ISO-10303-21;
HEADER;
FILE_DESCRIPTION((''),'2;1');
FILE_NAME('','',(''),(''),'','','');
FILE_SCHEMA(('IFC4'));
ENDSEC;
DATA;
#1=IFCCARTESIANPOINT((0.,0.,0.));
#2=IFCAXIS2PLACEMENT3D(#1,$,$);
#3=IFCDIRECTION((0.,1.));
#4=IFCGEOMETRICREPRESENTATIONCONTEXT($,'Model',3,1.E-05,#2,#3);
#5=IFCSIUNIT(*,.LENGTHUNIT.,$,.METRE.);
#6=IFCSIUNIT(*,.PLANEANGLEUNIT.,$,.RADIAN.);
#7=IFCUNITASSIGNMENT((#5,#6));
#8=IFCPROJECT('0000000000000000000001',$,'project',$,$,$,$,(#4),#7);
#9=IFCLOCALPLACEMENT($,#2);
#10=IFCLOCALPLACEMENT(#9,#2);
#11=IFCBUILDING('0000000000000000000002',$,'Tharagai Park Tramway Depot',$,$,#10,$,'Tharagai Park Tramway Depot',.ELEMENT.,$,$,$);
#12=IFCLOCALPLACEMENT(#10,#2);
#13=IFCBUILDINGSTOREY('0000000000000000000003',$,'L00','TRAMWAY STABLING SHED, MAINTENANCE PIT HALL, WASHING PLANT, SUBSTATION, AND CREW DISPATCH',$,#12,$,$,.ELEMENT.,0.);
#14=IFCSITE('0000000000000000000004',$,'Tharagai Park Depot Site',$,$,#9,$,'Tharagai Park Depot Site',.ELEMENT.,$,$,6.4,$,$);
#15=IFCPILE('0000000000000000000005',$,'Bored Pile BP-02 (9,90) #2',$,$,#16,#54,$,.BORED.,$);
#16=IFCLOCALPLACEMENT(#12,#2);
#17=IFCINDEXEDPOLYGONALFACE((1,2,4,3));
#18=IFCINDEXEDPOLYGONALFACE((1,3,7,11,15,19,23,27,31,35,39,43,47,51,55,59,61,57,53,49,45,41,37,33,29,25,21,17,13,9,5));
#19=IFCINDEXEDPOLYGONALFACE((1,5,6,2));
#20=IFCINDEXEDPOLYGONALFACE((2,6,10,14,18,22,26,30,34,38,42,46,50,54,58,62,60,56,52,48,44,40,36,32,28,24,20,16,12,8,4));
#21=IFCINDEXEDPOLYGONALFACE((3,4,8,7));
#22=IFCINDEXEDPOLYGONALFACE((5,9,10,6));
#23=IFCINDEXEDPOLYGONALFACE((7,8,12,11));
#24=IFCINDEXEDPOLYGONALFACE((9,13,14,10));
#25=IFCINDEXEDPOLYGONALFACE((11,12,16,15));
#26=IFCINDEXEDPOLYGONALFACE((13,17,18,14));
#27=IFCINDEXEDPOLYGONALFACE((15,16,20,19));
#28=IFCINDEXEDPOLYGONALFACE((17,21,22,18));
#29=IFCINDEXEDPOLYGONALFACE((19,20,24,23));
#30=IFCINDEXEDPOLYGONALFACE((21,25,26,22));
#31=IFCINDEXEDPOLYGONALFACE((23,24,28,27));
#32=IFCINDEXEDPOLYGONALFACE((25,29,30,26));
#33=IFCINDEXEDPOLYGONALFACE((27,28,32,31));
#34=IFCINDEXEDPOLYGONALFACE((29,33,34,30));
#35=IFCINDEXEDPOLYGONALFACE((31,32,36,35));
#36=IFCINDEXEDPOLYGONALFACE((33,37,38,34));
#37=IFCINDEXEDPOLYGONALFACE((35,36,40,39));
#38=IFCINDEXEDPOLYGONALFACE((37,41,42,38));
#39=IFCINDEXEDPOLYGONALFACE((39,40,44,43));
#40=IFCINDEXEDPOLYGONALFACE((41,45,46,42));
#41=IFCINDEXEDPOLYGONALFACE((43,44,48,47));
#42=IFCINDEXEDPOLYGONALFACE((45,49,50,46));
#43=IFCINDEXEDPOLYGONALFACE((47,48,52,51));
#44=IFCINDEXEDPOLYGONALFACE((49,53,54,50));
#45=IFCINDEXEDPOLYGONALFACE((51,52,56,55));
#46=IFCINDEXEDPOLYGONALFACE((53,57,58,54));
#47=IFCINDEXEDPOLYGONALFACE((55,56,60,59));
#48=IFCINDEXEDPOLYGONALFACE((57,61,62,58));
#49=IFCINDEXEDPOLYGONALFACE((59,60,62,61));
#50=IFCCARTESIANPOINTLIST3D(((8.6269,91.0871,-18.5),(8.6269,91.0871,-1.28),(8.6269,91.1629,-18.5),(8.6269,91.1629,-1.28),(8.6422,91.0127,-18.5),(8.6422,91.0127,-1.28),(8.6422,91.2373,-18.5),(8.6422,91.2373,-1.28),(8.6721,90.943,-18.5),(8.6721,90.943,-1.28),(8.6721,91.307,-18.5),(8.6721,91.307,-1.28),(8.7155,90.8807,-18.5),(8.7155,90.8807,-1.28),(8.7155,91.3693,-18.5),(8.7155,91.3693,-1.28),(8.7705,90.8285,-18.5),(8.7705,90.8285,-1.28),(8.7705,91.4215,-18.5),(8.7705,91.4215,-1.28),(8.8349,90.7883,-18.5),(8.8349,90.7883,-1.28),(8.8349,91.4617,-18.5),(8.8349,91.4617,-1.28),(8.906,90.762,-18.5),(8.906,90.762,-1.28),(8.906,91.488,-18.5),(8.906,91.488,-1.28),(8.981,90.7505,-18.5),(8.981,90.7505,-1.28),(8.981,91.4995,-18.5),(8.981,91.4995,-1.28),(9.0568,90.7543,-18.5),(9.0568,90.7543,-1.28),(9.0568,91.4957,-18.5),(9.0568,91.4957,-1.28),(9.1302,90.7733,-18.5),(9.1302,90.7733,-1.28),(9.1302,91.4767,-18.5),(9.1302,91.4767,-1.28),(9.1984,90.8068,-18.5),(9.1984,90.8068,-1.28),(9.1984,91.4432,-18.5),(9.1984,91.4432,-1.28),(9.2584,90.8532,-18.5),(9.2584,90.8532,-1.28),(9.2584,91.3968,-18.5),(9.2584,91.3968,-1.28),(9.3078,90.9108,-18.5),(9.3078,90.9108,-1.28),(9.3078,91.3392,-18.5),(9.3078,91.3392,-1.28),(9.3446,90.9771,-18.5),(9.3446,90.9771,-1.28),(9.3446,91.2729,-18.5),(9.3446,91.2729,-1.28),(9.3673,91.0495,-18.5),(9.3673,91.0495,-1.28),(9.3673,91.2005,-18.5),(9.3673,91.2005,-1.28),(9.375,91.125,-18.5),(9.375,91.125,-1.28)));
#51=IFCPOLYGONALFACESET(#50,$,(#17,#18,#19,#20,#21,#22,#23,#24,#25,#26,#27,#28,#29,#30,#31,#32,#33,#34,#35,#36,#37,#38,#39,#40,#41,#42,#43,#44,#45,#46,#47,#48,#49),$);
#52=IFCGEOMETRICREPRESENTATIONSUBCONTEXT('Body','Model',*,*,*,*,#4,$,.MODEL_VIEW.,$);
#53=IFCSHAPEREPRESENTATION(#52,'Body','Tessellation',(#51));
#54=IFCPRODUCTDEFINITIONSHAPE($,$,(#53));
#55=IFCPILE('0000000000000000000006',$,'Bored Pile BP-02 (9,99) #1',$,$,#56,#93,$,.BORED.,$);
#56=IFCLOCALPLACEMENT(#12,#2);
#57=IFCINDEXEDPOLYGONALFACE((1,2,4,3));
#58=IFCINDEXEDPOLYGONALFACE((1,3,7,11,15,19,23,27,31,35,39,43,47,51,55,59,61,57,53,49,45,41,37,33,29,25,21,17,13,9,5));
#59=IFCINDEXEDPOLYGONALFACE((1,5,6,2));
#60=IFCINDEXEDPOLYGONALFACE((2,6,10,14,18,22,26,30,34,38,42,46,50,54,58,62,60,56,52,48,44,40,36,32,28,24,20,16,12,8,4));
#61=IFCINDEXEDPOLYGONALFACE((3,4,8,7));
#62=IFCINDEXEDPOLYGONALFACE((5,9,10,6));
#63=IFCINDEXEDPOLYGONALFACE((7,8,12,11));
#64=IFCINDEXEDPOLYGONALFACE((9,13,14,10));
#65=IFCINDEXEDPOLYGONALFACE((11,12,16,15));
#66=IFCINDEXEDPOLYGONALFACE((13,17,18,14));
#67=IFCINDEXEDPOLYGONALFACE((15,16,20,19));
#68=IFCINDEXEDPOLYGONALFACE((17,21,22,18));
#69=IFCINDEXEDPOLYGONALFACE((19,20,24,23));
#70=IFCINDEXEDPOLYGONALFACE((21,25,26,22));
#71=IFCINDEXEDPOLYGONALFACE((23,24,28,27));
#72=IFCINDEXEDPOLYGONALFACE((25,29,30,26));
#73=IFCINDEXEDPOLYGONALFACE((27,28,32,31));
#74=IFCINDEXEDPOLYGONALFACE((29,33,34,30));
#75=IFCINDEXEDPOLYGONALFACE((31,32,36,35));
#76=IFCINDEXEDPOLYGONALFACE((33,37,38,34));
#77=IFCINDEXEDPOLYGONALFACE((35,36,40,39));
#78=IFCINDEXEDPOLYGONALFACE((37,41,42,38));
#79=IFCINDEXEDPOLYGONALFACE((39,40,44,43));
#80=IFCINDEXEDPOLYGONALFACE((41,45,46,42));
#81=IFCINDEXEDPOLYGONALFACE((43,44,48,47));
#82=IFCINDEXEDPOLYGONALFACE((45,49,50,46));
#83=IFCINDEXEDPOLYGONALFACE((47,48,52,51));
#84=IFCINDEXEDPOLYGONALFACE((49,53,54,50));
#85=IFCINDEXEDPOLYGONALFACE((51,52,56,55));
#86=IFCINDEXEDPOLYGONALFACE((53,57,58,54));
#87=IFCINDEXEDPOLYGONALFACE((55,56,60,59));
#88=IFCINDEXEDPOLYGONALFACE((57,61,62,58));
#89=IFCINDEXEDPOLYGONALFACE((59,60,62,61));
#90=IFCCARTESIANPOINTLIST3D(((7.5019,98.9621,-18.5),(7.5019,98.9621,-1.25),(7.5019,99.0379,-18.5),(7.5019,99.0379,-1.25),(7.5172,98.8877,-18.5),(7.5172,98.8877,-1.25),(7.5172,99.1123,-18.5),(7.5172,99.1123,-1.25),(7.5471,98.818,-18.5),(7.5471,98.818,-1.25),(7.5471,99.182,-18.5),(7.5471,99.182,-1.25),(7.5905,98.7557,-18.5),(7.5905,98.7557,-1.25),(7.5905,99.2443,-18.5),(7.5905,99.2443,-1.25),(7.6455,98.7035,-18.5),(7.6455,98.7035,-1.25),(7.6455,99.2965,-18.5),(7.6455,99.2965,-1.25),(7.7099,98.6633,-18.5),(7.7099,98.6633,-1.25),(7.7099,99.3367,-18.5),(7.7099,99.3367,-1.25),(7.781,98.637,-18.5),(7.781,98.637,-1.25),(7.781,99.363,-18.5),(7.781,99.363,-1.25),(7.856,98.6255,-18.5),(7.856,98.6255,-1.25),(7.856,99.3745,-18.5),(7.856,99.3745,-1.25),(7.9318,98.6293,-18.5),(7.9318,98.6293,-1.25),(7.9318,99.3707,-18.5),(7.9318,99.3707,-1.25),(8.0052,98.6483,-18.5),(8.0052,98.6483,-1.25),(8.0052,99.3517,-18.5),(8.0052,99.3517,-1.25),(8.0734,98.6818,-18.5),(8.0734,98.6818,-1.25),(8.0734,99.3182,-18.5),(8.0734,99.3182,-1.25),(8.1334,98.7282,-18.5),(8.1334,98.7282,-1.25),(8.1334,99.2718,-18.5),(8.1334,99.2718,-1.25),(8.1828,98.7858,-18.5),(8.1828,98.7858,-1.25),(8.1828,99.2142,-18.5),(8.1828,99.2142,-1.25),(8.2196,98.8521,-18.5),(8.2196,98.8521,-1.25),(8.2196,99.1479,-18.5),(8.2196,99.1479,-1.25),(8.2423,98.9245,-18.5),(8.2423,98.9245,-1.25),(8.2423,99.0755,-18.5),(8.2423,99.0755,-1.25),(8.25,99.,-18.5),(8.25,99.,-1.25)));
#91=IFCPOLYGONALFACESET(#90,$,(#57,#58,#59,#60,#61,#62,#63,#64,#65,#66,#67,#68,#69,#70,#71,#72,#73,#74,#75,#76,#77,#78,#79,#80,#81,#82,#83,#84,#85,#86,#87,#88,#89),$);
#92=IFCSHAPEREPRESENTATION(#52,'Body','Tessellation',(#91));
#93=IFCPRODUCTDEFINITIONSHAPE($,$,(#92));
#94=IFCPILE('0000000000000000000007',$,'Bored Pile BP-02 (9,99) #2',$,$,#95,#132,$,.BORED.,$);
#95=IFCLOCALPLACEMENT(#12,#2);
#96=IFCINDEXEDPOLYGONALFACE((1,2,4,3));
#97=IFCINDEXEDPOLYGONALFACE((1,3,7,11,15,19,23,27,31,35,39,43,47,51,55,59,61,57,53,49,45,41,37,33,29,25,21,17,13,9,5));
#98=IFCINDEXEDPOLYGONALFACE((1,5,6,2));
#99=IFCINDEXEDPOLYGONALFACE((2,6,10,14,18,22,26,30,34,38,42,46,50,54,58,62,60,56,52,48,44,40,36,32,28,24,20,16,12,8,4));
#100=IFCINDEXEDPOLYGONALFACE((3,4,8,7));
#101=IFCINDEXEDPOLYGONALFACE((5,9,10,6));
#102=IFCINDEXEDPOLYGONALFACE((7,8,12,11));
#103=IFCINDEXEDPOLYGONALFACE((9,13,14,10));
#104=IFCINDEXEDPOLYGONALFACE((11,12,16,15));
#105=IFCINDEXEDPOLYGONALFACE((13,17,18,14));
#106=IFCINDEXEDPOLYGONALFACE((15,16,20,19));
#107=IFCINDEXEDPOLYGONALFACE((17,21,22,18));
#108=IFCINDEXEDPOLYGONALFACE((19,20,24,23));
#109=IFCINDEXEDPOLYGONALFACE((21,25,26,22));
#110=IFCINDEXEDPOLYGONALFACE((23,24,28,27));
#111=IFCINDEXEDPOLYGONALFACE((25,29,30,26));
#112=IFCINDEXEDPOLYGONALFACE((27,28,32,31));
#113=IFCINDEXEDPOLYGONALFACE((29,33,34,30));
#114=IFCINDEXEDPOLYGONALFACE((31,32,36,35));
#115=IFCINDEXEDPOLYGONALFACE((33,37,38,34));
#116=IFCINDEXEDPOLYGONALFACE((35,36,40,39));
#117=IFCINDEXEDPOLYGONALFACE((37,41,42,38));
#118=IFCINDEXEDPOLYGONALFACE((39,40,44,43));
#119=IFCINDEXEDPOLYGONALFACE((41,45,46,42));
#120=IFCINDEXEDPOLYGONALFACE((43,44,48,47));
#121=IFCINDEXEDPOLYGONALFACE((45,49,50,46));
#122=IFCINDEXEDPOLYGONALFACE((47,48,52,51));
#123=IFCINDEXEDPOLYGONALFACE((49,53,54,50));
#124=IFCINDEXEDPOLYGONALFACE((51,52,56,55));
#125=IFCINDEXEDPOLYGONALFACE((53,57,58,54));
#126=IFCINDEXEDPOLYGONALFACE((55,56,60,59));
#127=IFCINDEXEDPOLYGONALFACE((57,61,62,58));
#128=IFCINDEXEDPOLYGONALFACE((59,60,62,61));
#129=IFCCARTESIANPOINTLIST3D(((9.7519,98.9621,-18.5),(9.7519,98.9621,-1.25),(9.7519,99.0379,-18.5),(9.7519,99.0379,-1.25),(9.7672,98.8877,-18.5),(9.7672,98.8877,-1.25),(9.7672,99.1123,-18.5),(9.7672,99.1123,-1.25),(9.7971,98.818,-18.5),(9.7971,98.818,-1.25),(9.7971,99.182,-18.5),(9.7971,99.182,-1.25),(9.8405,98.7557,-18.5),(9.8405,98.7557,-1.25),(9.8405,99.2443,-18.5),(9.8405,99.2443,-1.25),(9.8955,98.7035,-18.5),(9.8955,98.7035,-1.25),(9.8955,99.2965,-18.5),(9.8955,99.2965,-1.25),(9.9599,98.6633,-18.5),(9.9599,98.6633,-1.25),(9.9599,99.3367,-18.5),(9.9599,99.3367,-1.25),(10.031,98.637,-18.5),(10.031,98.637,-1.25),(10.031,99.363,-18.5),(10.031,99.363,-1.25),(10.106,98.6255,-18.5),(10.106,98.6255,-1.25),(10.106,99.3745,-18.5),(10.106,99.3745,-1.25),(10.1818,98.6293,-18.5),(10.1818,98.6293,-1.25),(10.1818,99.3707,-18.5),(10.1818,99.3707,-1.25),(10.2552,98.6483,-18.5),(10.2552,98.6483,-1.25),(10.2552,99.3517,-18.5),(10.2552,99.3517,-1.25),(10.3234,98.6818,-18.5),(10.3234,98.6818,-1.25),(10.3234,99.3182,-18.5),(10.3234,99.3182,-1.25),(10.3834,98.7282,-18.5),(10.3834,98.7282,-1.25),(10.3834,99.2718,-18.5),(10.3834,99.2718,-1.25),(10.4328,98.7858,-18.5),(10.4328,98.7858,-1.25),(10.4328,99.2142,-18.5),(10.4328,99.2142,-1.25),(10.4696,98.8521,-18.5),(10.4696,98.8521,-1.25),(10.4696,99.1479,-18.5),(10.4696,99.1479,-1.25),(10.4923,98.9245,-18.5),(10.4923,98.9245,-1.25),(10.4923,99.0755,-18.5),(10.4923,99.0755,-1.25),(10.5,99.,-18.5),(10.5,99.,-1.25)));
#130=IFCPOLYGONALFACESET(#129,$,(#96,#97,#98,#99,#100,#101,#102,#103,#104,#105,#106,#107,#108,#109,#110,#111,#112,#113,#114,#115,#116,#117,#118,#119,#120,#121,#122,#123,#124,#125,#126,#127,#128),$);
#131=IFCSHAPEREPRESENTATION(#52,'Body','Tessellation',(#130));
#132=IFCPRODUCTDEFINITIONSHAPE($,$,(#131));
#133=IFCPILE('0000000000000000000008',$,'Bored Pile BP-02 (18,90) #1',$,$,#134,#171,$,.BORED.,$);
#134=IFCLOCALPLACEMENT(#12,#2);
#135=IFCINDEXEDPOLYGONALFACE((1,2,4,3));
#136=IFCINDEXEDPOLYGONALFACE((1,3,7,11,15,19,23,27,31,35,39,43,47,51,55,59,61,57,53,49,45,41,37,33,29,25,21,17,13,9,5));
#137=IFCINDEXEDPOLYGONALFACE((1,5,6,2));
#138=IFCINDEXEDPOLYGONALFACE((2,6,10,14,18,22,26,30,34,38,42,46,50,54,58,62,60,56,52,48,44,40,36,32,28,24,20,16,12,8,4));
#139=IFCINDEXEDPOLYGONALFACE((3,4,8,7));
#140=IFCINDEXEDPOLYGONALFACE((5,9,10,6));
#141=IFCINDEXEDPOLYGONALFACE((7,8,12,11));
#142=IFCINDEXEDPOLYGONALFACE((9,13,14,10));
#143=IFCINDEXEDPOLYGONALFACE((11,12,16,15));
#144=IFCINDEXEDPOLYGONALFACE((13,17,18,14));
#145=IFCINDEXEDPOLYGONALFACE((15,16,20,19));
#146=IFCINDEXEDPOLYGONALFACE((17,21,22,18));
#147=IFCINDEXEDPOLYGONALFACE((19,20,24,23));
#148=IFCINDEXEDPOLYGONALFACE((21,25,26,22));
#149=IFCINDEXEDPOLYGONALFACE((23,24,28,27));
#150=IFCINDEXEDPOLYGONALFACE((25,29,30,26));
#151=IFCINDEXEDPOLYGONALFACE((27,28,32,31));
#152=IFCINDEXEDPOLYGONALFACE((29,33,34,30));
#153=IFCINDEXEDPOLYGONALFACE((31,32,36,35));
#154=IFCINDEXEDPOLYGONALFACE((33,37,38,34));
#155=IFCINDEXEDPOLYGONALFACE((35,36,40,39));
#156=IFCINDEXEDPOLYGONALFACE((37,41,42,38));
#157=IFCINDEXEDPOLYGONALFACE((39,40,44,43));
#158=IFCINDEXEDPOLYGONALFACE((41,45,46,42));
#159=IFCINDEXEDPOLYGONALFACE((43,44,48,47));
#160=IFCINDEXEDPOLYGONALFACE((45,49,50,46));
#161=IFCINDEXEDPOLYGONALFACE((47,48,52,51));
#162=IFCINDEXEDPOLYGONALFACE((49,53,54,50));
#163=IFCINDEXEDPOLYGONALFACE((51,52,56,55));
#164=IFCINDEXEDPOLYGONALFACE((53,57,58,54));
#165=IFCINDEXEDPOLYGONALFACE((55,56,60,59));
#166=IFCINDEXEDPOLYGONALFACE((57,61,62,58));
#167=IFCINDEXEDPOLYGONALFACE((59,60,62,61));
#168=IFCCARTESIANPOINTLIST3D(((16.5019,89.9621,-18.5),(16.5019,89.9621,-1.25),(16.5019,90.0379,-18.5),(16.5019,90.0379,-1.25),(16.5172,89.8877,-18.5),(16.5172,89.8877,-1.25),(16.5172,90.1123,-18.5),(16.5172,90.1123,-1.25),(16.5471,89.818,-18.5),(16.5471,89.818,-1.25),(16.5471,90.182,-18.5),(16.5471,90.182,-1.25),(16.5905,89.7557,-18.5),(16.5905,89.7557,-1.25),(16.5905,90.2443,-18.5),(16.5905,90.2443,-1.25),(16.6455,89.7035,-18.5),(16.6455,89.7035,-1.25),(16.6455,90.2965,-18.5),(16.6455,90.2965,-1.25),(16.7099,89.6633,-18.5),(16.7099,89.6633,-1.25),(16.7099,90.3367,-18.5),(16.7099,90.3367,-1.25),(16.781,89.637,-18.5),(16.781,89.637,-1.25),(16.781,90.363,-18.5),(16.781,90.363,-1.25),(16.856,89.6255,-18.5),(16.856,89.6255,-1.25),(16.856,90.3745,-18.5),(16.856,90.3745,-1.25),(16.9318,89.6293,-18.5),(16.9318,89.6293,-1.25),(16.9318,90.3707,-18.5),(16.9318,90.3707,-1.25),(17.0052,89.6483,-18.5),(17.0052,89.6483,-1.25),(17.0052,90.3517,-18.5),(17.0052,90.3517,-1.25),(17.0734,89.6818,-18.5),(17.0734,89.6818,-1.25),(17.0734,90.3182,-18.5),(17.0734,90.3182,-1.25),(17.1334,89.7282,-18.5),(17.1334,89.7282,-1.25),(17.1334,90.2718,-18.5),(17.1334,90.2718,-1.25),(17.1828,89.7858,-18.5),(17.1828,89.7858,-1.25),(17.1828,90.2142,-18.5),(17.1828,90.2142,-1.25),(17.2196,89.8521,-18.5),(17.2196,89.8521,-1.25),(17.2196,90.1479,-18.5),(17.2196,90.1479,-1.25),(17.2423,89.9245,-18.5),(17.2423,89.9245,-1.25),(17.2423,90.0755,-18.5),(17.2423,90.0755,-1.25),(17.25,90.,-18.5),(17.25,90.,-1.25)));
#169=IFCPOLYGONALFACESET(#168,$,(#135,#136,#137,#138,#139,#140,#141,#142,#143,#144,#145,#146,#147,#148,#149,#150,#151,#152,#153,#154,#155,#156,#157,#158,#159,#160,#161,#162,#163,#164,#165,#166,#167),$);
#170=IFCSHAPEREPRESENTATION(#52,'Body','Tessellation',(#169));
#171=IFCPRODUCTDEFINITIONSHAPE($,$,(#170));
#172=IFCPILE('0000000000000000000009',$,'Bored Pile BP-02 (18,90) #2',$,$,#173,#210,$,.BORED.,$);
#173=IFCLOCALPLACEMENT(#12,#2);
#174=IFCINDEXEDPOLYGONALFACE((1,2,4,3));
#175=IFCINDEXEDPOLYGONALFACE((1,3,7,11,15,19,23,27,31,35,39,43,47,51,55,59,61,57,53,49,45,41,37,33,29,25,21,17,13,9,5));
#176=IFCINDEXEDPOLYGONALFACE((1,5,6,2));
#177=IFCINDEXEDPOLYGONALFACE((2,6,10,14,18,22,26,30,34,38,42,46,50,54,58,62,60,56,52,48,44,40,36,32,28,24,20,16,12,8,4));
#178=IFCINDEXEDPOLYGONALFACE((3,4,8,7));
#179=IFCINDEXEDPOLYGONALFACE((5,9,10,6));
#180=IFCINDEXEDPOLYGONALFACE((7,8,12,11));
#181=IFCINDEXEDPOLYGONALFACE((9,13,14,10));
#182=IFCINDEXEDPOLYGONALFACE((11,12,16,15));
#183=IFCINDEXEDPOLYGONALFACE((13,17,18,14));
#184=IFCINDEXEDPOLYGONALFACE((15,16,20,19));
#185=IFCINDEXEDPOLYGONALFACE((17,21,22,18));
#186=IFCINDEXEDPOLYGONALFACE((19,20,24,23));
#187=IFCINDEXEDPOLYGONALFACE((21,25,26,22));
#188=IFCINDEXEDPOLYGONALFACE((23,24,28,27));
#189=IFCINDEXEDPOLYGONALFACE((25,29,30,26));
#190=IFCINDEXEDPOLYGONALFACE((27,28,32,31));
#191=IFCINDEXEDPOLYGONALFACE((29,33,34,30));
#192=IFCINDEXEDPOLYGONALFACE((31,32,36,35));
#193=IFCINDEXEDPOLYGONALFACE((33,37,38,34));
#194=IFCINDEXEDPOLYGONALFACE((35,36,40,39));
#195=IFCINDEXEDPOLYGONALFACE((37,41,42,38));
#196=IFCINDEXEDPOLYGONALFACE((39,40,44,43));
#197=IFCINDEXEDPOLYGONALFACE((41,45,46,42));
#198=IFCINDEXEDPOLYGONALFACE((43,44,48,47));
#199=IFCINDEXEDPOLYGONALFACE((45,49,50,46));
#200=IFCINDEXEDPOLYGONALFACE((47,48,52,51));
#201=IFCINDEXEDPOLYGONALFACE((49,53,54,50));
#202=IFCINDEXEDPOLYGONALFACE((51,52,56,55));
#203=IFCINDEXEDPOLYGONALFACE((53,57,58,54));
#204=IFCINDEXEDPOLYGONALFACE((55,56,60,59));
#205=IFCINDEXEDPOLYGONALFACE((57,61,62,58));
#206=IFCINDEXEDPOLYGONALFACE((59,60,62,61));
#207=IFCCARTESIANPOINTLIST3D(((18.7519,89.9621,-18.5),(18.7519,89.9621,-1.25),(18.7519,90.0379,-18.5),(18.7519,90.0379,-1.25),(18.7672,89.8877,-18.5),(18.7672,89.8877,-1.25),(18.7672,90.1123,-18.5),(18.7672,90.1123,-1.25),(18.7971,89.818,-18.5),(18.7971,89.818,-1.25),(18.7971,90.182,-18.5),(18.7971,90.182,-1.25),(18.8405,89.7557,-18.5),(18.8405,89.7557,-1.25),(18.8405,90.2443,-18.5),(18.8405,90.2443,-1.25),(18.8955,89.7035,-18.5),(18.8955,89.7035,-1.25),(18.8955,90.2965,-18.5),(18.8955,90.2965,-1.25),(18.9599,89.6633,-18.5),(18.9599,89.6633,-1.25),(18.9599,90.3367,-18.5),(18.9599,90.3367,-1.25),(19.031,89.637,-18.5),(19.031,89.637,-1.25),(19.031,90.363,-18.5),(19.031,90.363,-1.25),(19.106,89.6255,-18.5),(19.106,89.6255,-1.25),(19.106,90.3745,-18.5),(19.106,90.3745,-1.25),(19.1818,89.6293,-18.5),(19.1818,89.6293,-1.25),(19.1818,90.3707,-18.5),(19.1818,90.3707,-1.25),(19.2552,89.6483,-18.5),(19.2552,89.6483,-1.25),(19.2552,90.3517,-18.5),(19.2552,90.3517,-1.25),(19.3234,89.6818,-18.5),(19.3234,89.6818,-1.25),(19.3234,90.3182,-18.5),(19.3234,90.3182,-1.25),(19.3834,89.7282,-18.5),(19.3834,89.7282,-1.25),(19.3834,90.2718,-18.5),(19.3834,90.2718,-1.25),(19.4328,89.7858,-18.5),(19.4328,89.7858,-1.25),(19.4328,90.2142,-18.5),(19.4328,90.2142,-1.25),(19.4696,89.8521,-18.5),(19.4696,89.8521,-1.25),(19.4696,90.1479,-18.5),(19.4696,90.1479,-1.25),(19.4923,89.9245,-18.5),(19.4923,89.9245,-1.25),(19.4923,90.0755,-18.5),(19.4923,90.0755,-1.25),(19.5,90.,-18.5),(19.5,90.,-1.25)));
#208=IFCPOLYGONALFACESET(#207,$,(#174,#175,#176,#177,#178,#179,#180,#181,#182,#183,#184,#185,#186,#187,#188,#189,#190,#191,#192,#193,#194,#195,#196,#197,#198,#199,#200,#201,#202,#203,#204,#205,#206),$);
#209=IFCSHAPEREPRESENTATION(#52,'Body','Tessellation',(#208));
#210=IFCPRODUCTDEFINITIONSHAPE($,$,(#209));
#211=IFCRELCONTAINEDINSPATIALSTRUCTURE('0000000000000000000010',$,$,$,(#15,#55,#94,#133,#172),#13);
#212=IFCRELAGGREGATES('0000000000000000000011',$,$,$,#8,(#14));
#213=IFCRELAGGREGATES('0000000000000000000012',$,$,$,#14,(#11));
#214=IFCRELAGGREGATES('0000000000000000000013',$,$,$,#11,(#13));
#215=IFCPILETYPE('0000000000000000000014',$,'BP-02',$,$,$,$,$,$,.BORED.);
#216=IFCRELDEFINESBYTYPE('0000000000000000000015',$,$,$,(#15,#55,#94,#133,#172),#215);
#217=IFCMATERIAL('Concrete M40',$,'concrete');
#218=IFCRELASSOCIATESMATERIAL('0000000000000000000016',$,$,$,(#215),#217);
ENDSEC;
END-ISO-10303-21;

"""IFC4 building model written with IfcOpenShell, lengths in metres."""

from ifc_helpers import new_model, si_unit, direction, frame, origin, origin_2d, place, context, subcontext, project, spatial, circle, extrude, material, material_profile, profile_set, type_object, element, save


model = new_model("IFC4")

# Units and contexts
model_context = context("Model", 3, precision=1e-05, world=origin(), true_north=direction((0.0, 1.0)))
body_context = subcontext(model_context, "Body", "Model", "MODEL_VIEW")
ifc_project = project(units=[si_unit("LENGTHUNIT", "METRE"), si_unit("PLANEANGLEUNIT", "RADIAN")], contexts=[model_context])

# Site, building, storey
site_placement = place(None, origin())
site = spatial("IfcSite", under=ifc_project, at=site_placement, Name="Tharagai Park Depot Site", LongName="Tharagai Park Depot Site", CompositionType="ELEMENT", RefElevation=6.4)
building_placement = place(site_placement, origin())
building = spatial("IfcBuilding", under=site, at=building_placement, Name="Tharagai Park Tramway Depot", LongName="Tharagai Park Tramway Depot", CompositionType="ELEMENT")
storey_placement = place(building_placement, origin())
storey = spatial("IfcBuildingStorey", under=building, at=storey_placement, Name="L00", Description="TRAMWAY STABLING SHED, MAINTENANCE PIT HALL, WASHING PLANT, SUBSTATION, AND CREW DISPATCH", CompositionType="ELEMENT", Elevation=0.0)

# Piles
ifc_material_1 = material(Name="Concrete M40", Category="concrete")
ifc_material_profile_1 = material_profile(ifc_material_1, circle(Radius=0.375, at=origin_2d()), Name="PILE D750")
ifc_profile_set_1 = profile_set([ifc_material_profile_1], Name="Concrete M40")
pile_type = type_object("IfcPileType", Name="BP-02", PredefinedType="BORED", material=ifc_profile_set_1)
pile_placement = place(storey_placement, frame((9.0, 91.125, -1.28), z_axis=(0.0, 0.0, -1.0), x_axis=(1.0, 0.0, 0.0)))
element("IfcPile", 1, at=pile_placement, inside=storey, type_object=pile_type, Name="Bored Pile BP-02 (9,90) #2", PredefinedType="BORED", context=body_context, shape_type="SweptSolid", body=[
    extrude(circle(Radius=0.375, at=origin_2d()), origin(), (0.0, 0.0, 1.0), 17.22),
])
for number, where, z_axis, x_axis, name in (
    (2, (7.875, 99.0, -1.25), (0.0, 0.0, -1.0), (1.0, 0.0, 0.0), "Bored Pile BP-02 (9,99) #1"),
    (3, (10.125, 99.0, -1.25), (0.0, 0.0, -1.0), (1.0, 0.0, 0.0), "Bored Pile BP-02 (9,99) #2"),
    (4, (16.875, 90.0, -1.25), (0.0, 0.0, -1.0), (1.0, 0.0, 0.0), "Bored Pile BP-02 (18,90) #1"),
    (5, (19.125, 90.0, -1.25), (0.0, 0.0, -1.0), (1.0, 0.0, 0.0), "Bored Pile BP-02 (18,90) #2"),
):
    element("IfcPile", number, at=place(storey_placement, frame(where, z_axis=z_axis, x_axis=x_axis)), inside=storey, type_object=pile_type, Name=name, PredefinedType="BORED", context=body_context, shape_type="SweptSolid", body=[
        extrude(circle(Radius=0.375, at=origin_2d()), origin(), (0.0, 0.0, 1.0), 17.25),
    ])

save(model, "model.ifc")
